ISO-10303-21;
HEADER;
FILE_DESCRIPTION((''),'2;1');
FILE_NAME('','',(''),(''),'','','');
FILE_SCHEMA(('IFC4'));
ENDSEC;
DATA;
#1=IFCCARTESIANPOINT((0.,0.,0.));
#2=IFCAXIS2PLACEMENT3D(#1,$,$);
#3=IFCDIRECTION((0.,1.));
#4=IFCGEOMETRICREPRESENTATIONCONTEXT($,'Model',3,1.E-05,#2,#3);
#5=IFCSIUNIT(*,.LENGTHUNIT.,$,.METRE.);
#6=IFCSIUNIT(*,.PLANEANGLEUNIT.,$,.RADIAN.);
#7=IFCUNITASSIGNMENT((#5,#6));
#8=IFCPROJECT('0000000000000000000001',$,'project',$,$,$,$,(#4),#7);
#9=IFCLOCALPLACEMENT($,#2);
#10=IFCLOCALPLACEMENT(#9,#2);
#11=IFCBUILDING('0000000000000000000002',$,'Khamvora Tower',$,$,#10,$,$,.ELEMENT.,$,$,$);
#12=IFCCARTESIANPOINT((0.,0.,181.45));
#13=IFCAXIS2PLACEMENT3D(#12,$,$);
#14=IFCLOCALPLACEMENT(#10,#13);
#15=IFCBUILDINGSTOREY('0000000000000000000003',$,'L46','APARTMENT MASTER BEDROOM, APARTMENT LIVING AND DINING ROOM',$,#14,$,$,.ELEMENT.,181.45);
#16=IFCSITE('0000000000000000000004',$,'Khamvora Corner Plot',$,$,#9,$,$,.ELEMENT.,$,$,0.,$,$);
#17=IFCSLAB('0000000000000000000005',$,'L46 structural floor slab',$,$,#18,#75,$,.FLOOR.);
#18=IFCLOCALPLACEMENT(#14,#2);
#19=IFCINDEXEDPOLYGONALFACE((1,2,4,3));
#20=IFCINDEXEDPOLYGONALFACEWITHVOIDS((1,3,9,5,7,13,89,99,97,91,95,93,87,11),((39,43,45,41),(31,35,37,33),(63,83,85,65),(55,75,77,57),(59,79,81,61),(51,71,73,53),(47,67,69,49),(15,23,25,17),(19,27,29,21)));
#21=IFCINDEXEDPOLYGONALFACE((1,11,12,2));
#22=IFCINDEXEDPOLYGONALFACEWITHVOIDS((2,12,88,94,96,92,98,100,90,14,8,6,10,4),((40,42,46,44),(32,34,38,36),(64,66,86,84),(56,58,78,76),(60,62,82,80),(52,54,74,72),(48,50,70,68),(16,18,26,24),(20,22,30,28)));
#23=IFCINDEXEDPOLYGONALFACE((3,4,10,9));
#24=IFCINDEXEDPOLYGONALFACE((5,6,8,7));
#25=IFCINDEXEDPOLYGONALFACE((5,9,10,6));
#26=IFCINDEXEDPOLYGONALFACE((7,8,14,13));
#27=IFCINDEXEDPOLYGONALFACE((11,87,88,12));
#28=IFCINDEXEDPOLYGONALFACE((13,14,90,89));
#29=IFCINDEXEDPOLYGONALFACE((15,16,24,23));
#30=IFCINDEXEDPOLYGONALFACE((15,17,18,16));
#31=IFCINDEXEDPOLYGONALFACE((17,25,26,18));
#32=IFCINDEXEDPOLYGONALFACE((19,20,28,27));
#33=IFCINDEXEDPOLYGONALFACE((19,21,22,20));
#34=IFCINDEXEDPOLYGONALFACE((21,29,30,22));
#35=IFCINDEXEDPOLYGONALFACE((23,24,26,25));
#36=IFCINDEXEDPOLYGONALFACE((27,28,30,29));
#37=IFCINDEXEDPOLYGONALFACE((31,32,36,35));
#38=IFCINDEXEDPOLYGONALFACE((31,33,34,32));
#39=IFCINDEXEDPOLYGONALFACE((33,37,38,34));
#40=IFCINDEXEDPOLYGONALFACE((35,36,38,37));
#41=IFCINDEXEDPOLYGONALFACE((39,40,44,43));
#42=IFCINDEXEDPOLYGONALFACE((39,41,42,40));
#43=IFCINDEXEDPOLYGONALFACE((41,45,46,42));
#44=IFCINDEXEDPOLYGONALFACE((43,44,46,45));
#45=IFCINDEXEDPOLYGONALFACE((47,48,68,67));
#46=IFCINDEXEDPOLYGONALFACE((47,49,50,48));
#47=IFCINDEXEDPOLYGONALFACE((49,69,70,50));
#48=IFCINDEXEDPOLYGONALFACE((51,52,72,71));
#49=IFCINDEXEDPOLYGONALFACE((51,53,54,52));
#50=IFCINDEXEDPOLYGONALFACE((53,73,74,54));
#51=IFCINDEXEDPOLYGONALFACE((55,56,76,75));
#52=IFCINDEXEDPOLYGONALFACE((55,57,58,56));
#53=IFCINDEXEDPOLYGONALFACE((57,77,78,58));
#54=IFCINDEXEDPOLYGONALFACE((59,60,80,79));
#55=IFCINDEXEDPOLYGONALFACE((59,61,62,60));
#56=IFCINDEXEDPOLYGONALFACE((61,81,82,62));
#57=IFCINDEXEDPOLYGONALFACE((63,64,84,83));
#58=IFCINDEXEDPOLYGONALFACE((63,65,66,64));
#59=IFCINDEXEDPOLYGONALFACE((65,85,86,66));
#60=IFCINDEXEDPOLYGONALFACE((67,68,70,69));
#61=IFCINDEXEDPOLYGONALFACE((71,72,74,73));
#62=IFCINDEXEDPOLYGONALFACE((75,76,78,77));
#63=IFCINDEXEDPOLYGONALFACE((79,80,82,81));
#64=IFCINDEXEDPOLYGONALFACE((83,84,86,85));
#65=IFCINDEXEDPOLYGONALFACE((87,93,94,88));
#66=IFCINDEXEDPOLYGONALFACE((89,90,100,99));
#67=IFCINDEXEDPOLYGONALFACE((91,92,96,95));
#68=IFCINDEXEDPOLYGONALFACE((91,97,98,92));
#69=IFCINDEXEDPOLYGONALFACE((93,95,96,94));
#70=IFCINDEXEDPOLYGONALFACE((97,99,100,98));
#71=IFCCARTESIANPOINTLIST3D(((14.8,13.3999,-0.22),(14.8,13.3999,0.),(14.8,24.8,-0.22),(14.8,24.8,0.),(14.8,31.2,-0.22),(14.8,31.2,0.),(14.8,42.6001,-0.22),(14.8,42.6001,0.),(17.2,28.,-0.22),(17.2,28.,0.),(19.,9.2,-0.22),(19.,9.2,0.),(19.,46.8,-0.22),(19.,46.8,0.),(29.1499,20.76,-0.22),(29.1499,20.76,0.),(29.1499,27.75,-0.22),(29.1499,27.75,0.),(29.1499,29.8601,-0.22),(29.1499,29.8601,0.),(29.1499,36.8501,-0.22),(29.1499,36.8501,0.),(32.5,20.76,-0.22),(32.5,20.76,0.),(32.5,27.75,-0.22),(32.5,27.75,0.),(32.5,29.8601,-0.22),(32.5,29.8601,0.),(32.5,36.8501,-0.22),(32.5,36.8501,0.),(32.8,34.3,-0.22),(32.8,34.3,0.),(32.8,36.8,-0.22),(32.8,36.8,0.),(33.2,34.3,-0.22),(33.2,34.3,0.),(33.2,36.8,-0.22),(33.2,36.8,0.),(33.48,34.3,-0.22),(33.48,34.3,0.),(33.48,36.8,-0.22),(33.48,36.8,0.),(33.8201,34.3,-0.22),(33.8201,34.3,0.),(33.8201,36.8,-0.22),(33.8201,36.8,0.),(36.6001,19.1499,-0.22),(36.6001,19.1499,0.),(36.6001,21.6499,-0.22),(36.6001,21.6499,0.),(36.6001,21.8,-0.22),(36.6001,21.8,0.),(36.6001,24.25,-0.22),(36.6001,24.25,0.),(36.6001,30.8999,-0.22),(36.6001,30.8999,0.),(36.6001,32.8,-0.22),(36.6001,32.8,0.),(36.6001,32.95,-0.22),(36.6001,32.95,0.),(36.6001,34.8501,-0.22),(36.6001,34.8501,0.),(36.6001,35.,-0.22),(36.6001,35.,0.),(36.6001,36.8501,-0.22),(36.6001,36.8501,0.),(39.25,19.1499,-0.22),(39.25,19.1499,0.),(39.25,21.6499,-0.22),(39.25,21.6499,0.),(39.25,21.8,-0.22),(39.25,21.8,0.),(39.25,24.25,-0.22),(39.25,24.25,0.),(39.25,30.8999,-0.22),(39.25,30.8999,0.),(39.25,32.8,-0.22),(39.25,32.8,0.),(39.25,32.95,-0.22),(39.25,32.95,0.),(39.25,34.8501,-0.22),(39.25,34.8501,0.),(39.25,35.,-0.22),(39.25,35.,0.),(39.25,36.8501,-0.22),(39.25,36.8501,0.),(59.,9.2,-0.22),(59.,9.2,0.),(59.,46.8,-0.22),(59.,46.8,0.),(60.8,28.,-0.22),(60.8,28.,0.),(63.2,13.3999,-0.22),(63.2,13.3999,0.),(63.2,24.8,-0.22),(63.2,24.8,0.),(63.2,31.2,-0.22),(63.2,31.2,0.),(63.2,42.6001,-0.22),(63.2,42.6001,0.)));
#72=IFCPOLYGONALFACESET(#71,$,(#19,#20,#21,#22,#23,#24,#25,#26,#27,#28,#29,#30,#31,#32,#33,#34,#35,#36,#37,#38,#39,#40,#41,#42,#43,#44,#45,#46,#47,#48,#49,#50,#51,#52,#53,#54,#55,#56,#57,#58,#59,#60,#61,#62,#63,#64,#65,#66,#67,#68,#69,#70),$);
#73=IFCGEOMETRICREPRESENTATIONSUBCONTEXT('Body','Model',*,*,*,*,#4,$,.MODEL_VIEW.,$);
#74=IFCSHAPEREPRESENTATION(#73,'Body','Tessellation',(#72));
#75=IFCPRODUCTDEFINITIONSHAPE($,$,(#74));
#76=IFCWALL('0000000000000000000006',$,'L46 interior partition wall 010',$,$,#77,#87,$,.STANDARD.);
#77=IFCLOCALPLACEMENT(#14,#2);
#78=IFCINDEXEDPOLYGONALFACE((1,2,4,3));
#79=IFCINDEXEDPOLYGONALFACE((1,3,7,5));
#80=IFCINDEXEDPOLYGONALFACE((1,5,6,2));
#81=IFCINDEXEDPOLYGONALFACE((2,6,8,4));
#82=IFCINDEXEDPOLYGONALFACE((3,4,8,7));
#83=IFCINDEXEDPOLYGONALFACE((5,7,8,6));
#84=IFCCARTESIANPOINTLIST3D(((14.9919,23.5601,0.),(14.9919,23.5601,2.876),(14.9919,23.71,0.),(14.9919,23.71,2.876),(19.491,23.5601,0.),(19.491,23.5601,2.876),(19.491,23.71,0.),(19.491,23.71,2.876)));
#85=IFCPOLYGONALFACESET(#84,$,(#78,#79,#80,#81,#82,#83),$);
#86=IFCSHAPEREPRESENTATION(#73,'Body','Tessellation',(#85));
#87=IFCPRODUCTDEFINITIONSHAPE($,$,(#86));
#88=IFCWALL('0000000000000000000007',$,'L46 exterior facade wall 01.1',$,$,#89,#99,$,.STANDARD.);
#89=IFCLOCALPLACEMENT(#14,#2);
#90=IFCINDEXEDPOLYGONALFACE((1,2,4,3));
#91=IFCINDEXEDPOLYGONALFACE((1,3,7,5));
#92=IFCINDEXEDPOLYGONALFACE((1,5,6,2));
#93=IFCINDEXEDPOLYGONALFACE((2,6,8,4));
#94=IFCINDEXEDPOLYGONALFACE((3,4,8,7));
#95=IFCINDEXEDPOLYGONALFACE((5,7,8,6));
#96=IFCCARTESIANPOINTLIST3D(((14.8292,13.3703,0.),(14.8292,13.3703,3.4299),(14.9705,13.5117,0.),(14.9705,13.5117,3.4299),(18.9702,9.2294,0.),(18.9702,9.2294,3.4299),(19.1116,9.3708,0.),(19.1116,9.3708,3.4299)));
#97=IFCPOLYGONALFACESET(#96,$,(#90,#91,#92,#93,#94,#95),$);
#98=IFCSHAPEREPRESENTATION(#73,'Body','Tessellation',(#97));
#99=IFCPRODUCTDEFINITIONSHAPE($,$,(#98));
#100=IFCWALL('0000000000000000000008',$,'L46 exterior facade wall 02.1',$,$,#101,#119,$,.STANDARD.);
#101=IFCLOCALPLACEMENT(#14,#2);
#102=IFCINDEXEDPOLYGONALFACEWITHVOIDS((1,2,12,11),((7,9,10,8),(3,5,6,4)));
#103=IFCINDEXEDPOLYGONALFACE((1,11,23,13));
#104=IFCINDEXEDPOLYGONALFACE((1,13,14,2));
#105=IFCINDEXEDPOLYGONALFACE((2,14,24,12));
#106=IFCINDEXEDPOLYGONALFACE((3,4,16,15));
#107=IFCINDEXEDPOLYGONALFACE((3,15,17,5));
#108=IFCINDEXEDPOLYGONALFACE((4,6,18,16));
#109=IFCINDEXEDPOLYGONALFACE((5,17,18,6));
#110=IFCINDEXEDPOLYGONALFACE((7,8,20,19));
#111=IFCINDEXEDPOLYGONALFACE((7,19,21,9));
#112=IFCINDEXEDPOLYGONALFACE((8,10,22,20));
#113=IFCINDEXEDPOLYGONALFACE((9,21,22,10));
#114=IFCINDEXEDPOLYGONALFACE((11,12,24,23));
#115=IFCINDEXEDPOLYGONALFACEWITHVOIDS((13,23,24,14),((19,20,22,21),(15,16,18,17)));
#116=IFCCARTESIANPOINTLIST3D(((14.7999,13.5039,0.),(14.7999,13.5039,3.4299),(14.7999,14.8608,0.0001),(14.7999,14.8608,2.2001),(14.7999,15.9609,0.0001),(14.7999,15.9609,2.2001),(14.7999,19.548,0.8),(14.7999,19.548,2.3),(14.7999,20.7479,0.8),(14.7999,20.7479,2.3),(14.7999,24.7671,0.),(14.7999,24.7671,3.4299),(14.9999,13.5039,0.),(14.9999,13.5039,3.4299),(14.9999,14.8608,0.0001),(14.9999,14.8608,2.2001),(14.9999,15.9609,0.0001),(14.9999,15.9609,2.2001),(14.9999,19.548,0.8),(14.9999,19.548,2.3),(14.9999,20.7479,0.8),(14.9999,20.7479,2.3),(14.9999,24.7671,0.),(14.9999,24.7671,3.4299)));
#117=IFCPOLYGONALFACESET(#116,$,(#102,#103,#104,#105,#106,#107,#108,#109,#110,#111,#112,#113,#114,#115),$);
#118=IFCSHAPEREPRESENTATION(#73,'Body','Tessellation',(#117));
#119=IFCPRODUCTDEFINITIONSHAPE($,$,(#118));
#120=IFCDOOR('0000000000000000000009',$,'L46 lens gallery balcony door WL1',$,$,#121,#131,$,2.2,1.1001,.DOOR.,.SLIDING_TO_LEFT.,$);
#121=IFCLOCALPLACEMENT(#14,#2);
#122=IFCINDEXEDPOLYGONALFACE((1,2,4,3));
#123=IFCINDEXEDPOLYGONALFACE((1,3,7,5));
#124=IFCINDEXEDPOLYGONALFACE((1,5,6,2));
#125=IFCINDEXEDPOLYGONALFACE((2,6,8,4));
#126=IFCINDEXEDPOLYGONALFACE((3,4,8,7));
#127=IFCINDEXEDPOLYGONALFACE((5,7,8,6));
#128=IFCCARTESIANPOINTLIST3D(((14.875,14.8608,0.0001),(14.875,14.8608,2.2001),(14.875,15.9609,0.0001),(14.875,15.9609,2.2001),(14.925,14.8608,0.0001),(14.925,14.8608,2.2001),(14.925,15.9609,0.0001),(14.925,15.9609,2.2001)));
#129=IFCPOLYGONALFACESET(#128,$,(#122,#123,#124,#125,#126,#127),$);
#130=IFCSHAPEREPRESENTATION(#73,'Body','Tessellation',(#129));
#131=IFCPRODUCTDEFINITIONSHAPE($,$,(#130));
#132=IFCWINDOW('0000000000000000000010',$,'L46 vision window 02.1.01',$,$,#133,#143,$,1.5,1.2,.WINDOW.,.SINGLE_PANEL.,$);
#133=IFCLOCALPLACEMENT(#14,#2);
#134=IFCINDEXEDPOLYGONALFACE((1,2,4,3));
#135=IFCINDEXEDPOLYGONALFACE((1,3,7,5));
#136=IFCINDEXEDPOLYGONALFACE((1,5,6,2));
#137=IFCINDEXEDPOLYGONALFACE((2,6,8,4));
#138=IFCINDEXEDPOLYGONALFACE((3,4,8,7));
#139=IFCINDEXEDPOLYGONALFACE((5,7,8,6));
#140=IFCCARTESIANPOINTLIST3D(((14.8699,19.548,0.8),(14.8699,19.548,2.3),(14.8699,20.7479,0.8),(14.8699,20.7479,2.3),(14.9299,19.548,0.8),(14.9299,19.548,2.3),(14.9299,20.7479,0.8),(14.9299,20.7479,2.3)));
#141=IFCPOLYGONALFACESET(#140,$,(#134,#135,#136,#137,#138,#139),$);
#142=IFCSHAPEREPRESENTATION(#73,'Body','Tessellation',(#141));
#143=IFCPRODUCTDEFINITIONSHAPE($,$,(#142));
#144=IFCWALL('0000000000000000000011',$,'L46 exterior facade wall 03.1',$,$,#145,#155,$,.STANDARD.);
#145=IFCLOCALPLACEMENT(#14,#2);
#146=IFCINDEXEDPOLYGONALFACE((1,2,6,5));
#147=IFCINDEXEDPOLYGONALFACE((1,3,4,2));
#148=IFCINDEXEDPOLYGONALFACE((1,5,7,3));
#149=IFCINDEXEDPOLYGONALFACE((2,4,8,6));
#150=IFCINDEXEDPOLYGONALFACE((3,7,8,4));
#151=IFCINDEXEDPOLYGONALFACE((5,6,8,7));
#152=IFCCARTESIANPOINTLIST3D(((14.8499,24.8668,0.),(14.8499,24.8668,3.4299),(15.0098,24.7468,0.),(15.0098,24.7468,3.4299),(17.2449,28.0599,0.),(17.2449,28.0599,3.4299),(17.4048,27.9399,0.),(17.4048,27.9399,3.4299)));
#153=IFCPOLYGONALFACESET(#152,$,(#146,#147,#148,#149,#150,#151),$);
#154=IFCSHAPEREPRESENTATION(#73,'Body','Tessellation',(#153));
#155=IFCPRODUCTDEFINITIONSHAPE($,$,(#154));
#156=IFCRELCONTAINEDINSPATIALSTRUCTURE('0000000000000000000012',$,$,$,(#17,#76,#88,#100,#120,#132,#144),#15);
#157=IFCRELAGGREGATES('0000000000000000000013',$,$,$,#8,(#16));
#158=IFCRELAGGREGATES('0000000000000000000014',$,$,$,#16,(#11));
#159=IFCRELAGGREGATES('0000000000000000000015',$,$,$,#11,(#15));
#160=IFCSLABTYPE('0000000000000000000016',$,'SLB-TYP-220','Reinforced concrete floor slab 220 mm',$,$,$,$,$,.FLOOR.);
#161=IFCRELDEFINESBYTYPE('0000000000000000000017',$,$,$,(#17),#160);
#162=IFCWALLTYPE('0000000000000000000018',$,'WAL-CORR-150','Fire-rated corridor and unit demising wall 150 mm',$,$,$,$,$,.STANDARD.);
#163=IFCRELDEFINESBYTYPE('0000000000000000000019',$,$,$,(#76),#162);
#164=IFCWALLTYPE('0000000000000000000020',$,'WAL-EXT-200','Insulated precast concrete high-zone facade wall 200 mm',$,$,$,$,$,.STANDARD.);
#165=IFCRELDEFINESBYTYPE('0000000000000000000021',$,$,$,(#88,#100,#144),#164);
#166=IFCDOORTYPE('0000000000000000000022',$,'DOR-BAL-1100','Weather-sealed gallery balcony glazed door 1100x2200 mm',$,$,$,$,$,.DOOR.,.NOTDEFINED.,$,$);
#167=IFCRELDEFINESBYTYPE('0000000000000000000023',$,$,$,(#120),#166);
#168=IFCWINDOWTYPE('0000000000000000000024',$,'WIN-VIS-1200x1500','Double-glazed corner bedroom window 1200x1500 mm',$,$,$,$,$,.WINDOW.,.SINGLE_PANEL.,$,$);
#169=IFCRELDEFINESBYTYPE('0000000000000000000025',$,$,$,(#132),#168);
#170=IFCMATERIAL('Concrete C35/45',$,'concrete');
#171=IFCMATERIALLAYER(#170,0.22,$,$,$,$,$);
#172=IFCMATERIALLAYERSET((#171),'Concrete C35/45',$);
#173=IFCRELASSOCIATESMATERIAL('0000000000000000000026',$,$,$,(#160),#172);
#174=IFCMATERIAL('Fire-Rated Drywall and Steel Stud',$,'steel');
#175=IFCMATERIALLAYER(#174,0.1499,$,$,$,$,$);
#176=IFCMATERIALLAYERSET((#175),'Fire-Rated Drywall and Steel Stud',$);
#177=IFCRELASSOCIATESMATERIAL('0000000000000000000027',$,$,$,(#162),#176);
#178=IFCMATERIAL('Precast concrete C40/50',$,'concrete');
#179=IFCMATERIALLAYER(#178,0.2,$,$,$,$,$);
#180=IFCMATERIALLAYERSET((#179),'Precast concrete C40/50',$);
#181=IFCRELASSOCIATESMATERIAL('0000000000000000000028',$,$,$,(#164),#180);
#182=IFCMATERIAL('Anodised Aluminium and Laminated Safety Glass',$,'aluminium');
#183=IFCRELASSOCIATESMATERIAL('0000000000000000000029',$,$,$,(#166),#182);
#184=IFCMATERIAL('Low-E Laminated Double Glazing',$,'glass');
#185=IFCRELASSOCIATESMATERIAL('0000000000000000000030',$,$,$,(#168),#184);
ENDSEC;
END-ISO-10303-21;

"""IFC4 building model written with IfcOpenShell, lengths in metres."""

from ifc_helpers import new_model, si_unit, direction, frame, frame_2d, origin, place, context, subcontext, project, spatial, polyline, rectangle, outline, extrude, material, layer, layer_set, type_object, element, fill, save


model = new_model("IFC4")

# Units and contexts
model_context = context("Model", 3, precision=1e-05, world=origin(), true_north=direction((0.0, 1.0)))
body_context = subcontext(model_context, "Body", "Model", "MODEL_VIEW")
ifc_project = project(units=[si_unit("LENGTHUNIT", "METRE"), si_unit("PLANEANGLEUNIT", "RADIAN")], contexts=[model_context])

# Site, building, storey
site_placement = place(None, origin())
site = spatial("IfcSite", under=ifc_project, at=site_placement, Name="Khamvora Corner Plot", CompositionType="ELEMENT", RefElevation=0.0)
building_placement = place(site_placement, origin())
building = spatial("IfcBuilding", under=site, at=building_placement, Name="Khamvora Tower", CompositionType="ELEMENT")
storey_placement = place(building_placement, frame((0.0, 0.0, 181.45)))
storey = spatial("IfcBuildingStorey", under=building, at=storey_placement, Name="L46", Description="APARTMENT MASTER BEDROOM, APARTMENT LIVING AND DINING ROOM", CompositionType="ELEMENT", Elevation=181.45)

# Slab
ifc_material_1 = material(Name="Concrete C35/45", Category="concrete")
ifc_layer_1 = layer(ifc_material_1, 0.22)
ifc_layer_set_1 = layer_set([ifc_layer_1], Name="Concrete C35/45")
slab_type_1 = type_object("IfcSlabType", Name="SLB-TYP-220", Description="Reinforced concrete floor slab 220 mm", PredefinedType="FLOOR", material=ifc_layer_set_1)
slab_1_placement = place(storey_placement, frame((0.0, 0.0, -0.22)))
element("IfcSlab", 1, at=slab_1_placement, inside=storey, type_object=slab_type_1, Name="L46 structural floor slab", PredefinedType="FLOOR", context=body_context, shape_type="SweptSolid", body=[
    extrude(outline(polyline([(19.0, 9.2), (59.0, 9.2), (63.2, 13.3999), (63.2, 24.8), (60.8, 28.0), (63.2, 31.2), (63.2, 42.6001), (59.0, 46.8), (19.0, 46.8), (14.8, 42.6001), (14.8, 31.2), (17.2, 28.0), (14.8, 24.8), (14.8, 13.3999), (19.0, 9.2)]), holes=[polyline([(32.5, 20.76), (32.5, 27.75), (29.1499, 27.75), (29.1499, 20.76), (32.5, 20.76)]), polyline([(32.5, 29.8601), (32.5, 36.8501), (29.1499, 36.8501), (29.1499, 29.8601), (32.5, 29.8601)]), polyline([(36.6001, 19.1499), (39.25, 19.1499), (39.25, 21.6499), (36.6001, 21.6499), (36.6001, 19.1499)]), polyline([(36.6001, 21.8), (39.25, 21.8), (39.25, 24.25), (36.6001, 24.25), (36.6001, 21.8)]), polyline([(36.6001, 30.8999), (39.25, 30.8999), (39.25, 32.8), (36.6001, 32.8), (36.6001, 30.8999)]), polyline([(36.6001, 32.95), (39.25, 32.95), (39.25, 34.8501), (36.6001, 34.8501), (36.6001, 32.95)]), polyline([(36.6001, 35.0), (39.25, 35.0), (39.25, 36.8501), (36.6001, 36.8501), (36.6001, 35.0)]), polyline([(32.8, 34.3), (33.2, 34.3), (33.2, 36.8), (32.8, 36.8), (32.8, 34.3)]), polyline([(33.48, 34.3), (33.8201, 34.3), (33.8201, 36.8), (33.48, 36.8), (33.48, 34.3)])]), origin(), (0.0, 0.0, 1.0), 0.22),
])

# Wall
ifc_material_2 = material(Name="Fire-Rated Drywall and Steel Stud", Category="steel")
ifc_layer_2 = layer(ifc_material_2, 0.1499)
ifc_layer_set_2 = layer_set([ifc_layer_2], Name="Fire-Rated Drywall and Steel Stud")
wall_type_1 = type_object("IfcWallType", Name="WAL-CORR-150", Description="Fire-rated corridor and unit demising wall 150 mm", PredefinedType="STANDARD", material=ifc_layer_set_2)
wall_1_placement = place(storey_placement, frame((19.491, 23.635, 0.0), z_axis=(0.0, 0.0, 1.0), x_axis=(-1.0, 0.0, 0.0)))
element("IfcWall", 2, at=wall_1_placement, inside=storey, type_object=wall_type_1, Name="L46 interior partition wall 010", PredefinedType="STANDARD", context=body_context, shape_type="SweptSolid", body=[
    extrude(rectangle(XDim=4.499, YDim=0.1499, at=frame_2d((2.2495, 0.0))), origin(), (0.0, 0.0, 1.0), 2.876),
])

# Wall
ifc_material_3 = material(Name="Precast concrete C40/50", Category="concrete")
ifc_layer_3 = layer(ifc_material_3, 0.2)
ifc_layer_set_3 = layer_set([ifc_layer_3], Name="Precast concrete C40/50")
wall_type_2 = type_object("IfcWallType", Name="WAL-EXT-200", Description="Insulated precast concrete high-zone facade wall 200 mm", PredefinedType="STANDARD", material=ifc_layer_set_3)
wall_2_placement = place(storey_placement, frame((19.041, 9.3, 0.0), z_axis=(0.0, 0.0, 1.0), x_axis=(-0.707128, 0.707086, 0.0)))
element("IfcWall", 3, at=wall_2_placement, inside=storey, type_object=wall_type_2, Name="L46 exterior facade wall 01.1", PredefinedType="STANDARD", context=body_context, shape_type="SweptSolid", body=[
    extrude(rectangle(XDim=5.8562, YDim=0.2, at=frame_2d((2.9282, 0.0))), origin(), (0.0, 0.0, 1.0), 3.4299),
])

# Wall, openings, door, window
wall_3_placement = place(storey_placement, frame((14.8999, 13.5039, 0.0), z_axis=(0.0, 0.0, 1.0), x_axis=(0.0, 1.0, 0.0)))
wall_3 = element("IfcWall", 4, at=wall_3_placement, inside=storey, type_object=wall_type_2, Name="L46 exterior facade wall 02.1", PredefinedType="STANDARD", context=body_context, shape_type="SweptSolid", body=[
    extrude(rectangle(XDim=11.2632, YDim=0.2, at=frame_2d((5.6316, 0.0))), origin(), (0.0, 0.0, 1.0), 3.4299),
])
opening_1_placement = place(wall_3_placement, frame((1.3569, 0.0, 0.0)))
opening_1 = element("IfcOpeningElement", 5, at=opening_1_placement, cuts=wall_3, PredefinedType="OPENING", context=body_context, shape_type="SweptSolid", body=[
    extrude(rectangle(XDim=1.1001, YDim=2.2, at=frame_2d((0.55, 1.1001))), frame((0.0, 0.1099, 0.0), z_axis=(0.0, -1.0, 0.0), x_axis=(1.0, 0.0, 0.0)), (0.0, 0.0, 1.0), 0.22),
])
opening_2_placement = place(wall_3_placement, frame((6.0439, 0.0, 0.8)))
opening_2 = element("IfcOpeningElement", 6, at=opening_2_placement, cuts=wall_3, PredefinedType="OPENING", context=body_context, shape_type="SweptSolid", body=[
    extrude(rectangle(XDim=1.2, YDim=1.5, at=frame_2d((0.6001, 0.75))), frame((0.0, 0.1099, 0.0), z_axis=(0.0, -1.0, 0.0), x_axis=(1.0, 0.0, 0.0)), (0.0, 0.0, 1.0), 0.22),
])
ifc_material_4 = material(Name="Anodised Aluminium and Laminated Safety Glass", Category="aluminium")
door_type_1 = type_object("IfcDoorType", Name="DOR-BAL-1100", Description="Weather-sealed gallery balcony glazed door 1100x2200 mm", OperationType="NOTDEFINED", PredefinedType="DOOR", material=ifc_material_4)
door_1_placement = place(opening_1_placement, origin())
door_1 = element("IfcDoor", 7, at=door_1_placement, inside=storey, type_object=door_type_1, Name="L46 lens gallery balcony door WL1", OperationType="SLIDING_TO_LEFT", OverallHeight=2.2, OverallWidth=1.1001, PredefinedType="DOOR", context=body_context, shape_type="SweptSolid", body=[
    extrude(rectangle(XDim=1.1001, YDim=2.2, at=frame_2d((0.55, 1.1001))), frame((0.0, 0.0249, 0.0), z_axis=(0.0, -1.0, 0.0), x_axis=(1.0, 0.0, 0.0)), (0.0, 0.0, 1.0), 0.05),
])
fill(opening_1, door_1)
ifc_material_5 = material(Name="Low-E Laminated Double Glazing", Category="glass")
window_type = type_object("IfcWindowType", Name="WIN-VIS-1200x1500", Description="Double-glazed corner bedroom window 1200x1500 mm", PartitioningType="SINGLE_PANEL", PredefinedType="WINDOW", material=ifc_material_5)
window_placement = place(opening_2_placement, origin())
window = element("IfcWindow", 8, at=window_placement, inside=storey, type_object=window_type, Name="L46 vision window 02.1.01", OverallHeight=1.5, OverallWidth=1.2, PartitioningType="SINGLE_PANEL", PredefinedType="WINDOW", context=body_context, shape_type="SweptSolid", body=[
    extrude(rectangle(XDim=1.2, YDim=1.5, at=frame_2d((0.6001, 0.75))), frame((0.0, 0.03, 0.0), z_axis=(0.0, -1.0, 0.0), x_axis=(1.0, 0.0, 0.0)), (0.0, 0.0, 1.0), 0.0601),
])
fill(opening_2, window)

# Wall
wall_4_placement = place(storey_placement, frame((14.9299, 24.8069, 0.0), z_axis=(0.0, 0.0, 1.0), x_axis=(0.600029, 0.799978, 0.0)))
element("IfcWall", 9, at=wall_4_placement, inside=storey, type_object=wall_type_2, Name="L46 exterior facade wall 03.1", PredefinedType="STANDARD", context=body_context, shape_type="SweptSolid", body=[
    extrude(rectangle(XDim=3.9915, YDim=0.2, at=frame_2d((1.9956, 0.0))), origin(), (0.0, 0.0, 1.0), 3.4299),
])

save(model, "model.ifc")
